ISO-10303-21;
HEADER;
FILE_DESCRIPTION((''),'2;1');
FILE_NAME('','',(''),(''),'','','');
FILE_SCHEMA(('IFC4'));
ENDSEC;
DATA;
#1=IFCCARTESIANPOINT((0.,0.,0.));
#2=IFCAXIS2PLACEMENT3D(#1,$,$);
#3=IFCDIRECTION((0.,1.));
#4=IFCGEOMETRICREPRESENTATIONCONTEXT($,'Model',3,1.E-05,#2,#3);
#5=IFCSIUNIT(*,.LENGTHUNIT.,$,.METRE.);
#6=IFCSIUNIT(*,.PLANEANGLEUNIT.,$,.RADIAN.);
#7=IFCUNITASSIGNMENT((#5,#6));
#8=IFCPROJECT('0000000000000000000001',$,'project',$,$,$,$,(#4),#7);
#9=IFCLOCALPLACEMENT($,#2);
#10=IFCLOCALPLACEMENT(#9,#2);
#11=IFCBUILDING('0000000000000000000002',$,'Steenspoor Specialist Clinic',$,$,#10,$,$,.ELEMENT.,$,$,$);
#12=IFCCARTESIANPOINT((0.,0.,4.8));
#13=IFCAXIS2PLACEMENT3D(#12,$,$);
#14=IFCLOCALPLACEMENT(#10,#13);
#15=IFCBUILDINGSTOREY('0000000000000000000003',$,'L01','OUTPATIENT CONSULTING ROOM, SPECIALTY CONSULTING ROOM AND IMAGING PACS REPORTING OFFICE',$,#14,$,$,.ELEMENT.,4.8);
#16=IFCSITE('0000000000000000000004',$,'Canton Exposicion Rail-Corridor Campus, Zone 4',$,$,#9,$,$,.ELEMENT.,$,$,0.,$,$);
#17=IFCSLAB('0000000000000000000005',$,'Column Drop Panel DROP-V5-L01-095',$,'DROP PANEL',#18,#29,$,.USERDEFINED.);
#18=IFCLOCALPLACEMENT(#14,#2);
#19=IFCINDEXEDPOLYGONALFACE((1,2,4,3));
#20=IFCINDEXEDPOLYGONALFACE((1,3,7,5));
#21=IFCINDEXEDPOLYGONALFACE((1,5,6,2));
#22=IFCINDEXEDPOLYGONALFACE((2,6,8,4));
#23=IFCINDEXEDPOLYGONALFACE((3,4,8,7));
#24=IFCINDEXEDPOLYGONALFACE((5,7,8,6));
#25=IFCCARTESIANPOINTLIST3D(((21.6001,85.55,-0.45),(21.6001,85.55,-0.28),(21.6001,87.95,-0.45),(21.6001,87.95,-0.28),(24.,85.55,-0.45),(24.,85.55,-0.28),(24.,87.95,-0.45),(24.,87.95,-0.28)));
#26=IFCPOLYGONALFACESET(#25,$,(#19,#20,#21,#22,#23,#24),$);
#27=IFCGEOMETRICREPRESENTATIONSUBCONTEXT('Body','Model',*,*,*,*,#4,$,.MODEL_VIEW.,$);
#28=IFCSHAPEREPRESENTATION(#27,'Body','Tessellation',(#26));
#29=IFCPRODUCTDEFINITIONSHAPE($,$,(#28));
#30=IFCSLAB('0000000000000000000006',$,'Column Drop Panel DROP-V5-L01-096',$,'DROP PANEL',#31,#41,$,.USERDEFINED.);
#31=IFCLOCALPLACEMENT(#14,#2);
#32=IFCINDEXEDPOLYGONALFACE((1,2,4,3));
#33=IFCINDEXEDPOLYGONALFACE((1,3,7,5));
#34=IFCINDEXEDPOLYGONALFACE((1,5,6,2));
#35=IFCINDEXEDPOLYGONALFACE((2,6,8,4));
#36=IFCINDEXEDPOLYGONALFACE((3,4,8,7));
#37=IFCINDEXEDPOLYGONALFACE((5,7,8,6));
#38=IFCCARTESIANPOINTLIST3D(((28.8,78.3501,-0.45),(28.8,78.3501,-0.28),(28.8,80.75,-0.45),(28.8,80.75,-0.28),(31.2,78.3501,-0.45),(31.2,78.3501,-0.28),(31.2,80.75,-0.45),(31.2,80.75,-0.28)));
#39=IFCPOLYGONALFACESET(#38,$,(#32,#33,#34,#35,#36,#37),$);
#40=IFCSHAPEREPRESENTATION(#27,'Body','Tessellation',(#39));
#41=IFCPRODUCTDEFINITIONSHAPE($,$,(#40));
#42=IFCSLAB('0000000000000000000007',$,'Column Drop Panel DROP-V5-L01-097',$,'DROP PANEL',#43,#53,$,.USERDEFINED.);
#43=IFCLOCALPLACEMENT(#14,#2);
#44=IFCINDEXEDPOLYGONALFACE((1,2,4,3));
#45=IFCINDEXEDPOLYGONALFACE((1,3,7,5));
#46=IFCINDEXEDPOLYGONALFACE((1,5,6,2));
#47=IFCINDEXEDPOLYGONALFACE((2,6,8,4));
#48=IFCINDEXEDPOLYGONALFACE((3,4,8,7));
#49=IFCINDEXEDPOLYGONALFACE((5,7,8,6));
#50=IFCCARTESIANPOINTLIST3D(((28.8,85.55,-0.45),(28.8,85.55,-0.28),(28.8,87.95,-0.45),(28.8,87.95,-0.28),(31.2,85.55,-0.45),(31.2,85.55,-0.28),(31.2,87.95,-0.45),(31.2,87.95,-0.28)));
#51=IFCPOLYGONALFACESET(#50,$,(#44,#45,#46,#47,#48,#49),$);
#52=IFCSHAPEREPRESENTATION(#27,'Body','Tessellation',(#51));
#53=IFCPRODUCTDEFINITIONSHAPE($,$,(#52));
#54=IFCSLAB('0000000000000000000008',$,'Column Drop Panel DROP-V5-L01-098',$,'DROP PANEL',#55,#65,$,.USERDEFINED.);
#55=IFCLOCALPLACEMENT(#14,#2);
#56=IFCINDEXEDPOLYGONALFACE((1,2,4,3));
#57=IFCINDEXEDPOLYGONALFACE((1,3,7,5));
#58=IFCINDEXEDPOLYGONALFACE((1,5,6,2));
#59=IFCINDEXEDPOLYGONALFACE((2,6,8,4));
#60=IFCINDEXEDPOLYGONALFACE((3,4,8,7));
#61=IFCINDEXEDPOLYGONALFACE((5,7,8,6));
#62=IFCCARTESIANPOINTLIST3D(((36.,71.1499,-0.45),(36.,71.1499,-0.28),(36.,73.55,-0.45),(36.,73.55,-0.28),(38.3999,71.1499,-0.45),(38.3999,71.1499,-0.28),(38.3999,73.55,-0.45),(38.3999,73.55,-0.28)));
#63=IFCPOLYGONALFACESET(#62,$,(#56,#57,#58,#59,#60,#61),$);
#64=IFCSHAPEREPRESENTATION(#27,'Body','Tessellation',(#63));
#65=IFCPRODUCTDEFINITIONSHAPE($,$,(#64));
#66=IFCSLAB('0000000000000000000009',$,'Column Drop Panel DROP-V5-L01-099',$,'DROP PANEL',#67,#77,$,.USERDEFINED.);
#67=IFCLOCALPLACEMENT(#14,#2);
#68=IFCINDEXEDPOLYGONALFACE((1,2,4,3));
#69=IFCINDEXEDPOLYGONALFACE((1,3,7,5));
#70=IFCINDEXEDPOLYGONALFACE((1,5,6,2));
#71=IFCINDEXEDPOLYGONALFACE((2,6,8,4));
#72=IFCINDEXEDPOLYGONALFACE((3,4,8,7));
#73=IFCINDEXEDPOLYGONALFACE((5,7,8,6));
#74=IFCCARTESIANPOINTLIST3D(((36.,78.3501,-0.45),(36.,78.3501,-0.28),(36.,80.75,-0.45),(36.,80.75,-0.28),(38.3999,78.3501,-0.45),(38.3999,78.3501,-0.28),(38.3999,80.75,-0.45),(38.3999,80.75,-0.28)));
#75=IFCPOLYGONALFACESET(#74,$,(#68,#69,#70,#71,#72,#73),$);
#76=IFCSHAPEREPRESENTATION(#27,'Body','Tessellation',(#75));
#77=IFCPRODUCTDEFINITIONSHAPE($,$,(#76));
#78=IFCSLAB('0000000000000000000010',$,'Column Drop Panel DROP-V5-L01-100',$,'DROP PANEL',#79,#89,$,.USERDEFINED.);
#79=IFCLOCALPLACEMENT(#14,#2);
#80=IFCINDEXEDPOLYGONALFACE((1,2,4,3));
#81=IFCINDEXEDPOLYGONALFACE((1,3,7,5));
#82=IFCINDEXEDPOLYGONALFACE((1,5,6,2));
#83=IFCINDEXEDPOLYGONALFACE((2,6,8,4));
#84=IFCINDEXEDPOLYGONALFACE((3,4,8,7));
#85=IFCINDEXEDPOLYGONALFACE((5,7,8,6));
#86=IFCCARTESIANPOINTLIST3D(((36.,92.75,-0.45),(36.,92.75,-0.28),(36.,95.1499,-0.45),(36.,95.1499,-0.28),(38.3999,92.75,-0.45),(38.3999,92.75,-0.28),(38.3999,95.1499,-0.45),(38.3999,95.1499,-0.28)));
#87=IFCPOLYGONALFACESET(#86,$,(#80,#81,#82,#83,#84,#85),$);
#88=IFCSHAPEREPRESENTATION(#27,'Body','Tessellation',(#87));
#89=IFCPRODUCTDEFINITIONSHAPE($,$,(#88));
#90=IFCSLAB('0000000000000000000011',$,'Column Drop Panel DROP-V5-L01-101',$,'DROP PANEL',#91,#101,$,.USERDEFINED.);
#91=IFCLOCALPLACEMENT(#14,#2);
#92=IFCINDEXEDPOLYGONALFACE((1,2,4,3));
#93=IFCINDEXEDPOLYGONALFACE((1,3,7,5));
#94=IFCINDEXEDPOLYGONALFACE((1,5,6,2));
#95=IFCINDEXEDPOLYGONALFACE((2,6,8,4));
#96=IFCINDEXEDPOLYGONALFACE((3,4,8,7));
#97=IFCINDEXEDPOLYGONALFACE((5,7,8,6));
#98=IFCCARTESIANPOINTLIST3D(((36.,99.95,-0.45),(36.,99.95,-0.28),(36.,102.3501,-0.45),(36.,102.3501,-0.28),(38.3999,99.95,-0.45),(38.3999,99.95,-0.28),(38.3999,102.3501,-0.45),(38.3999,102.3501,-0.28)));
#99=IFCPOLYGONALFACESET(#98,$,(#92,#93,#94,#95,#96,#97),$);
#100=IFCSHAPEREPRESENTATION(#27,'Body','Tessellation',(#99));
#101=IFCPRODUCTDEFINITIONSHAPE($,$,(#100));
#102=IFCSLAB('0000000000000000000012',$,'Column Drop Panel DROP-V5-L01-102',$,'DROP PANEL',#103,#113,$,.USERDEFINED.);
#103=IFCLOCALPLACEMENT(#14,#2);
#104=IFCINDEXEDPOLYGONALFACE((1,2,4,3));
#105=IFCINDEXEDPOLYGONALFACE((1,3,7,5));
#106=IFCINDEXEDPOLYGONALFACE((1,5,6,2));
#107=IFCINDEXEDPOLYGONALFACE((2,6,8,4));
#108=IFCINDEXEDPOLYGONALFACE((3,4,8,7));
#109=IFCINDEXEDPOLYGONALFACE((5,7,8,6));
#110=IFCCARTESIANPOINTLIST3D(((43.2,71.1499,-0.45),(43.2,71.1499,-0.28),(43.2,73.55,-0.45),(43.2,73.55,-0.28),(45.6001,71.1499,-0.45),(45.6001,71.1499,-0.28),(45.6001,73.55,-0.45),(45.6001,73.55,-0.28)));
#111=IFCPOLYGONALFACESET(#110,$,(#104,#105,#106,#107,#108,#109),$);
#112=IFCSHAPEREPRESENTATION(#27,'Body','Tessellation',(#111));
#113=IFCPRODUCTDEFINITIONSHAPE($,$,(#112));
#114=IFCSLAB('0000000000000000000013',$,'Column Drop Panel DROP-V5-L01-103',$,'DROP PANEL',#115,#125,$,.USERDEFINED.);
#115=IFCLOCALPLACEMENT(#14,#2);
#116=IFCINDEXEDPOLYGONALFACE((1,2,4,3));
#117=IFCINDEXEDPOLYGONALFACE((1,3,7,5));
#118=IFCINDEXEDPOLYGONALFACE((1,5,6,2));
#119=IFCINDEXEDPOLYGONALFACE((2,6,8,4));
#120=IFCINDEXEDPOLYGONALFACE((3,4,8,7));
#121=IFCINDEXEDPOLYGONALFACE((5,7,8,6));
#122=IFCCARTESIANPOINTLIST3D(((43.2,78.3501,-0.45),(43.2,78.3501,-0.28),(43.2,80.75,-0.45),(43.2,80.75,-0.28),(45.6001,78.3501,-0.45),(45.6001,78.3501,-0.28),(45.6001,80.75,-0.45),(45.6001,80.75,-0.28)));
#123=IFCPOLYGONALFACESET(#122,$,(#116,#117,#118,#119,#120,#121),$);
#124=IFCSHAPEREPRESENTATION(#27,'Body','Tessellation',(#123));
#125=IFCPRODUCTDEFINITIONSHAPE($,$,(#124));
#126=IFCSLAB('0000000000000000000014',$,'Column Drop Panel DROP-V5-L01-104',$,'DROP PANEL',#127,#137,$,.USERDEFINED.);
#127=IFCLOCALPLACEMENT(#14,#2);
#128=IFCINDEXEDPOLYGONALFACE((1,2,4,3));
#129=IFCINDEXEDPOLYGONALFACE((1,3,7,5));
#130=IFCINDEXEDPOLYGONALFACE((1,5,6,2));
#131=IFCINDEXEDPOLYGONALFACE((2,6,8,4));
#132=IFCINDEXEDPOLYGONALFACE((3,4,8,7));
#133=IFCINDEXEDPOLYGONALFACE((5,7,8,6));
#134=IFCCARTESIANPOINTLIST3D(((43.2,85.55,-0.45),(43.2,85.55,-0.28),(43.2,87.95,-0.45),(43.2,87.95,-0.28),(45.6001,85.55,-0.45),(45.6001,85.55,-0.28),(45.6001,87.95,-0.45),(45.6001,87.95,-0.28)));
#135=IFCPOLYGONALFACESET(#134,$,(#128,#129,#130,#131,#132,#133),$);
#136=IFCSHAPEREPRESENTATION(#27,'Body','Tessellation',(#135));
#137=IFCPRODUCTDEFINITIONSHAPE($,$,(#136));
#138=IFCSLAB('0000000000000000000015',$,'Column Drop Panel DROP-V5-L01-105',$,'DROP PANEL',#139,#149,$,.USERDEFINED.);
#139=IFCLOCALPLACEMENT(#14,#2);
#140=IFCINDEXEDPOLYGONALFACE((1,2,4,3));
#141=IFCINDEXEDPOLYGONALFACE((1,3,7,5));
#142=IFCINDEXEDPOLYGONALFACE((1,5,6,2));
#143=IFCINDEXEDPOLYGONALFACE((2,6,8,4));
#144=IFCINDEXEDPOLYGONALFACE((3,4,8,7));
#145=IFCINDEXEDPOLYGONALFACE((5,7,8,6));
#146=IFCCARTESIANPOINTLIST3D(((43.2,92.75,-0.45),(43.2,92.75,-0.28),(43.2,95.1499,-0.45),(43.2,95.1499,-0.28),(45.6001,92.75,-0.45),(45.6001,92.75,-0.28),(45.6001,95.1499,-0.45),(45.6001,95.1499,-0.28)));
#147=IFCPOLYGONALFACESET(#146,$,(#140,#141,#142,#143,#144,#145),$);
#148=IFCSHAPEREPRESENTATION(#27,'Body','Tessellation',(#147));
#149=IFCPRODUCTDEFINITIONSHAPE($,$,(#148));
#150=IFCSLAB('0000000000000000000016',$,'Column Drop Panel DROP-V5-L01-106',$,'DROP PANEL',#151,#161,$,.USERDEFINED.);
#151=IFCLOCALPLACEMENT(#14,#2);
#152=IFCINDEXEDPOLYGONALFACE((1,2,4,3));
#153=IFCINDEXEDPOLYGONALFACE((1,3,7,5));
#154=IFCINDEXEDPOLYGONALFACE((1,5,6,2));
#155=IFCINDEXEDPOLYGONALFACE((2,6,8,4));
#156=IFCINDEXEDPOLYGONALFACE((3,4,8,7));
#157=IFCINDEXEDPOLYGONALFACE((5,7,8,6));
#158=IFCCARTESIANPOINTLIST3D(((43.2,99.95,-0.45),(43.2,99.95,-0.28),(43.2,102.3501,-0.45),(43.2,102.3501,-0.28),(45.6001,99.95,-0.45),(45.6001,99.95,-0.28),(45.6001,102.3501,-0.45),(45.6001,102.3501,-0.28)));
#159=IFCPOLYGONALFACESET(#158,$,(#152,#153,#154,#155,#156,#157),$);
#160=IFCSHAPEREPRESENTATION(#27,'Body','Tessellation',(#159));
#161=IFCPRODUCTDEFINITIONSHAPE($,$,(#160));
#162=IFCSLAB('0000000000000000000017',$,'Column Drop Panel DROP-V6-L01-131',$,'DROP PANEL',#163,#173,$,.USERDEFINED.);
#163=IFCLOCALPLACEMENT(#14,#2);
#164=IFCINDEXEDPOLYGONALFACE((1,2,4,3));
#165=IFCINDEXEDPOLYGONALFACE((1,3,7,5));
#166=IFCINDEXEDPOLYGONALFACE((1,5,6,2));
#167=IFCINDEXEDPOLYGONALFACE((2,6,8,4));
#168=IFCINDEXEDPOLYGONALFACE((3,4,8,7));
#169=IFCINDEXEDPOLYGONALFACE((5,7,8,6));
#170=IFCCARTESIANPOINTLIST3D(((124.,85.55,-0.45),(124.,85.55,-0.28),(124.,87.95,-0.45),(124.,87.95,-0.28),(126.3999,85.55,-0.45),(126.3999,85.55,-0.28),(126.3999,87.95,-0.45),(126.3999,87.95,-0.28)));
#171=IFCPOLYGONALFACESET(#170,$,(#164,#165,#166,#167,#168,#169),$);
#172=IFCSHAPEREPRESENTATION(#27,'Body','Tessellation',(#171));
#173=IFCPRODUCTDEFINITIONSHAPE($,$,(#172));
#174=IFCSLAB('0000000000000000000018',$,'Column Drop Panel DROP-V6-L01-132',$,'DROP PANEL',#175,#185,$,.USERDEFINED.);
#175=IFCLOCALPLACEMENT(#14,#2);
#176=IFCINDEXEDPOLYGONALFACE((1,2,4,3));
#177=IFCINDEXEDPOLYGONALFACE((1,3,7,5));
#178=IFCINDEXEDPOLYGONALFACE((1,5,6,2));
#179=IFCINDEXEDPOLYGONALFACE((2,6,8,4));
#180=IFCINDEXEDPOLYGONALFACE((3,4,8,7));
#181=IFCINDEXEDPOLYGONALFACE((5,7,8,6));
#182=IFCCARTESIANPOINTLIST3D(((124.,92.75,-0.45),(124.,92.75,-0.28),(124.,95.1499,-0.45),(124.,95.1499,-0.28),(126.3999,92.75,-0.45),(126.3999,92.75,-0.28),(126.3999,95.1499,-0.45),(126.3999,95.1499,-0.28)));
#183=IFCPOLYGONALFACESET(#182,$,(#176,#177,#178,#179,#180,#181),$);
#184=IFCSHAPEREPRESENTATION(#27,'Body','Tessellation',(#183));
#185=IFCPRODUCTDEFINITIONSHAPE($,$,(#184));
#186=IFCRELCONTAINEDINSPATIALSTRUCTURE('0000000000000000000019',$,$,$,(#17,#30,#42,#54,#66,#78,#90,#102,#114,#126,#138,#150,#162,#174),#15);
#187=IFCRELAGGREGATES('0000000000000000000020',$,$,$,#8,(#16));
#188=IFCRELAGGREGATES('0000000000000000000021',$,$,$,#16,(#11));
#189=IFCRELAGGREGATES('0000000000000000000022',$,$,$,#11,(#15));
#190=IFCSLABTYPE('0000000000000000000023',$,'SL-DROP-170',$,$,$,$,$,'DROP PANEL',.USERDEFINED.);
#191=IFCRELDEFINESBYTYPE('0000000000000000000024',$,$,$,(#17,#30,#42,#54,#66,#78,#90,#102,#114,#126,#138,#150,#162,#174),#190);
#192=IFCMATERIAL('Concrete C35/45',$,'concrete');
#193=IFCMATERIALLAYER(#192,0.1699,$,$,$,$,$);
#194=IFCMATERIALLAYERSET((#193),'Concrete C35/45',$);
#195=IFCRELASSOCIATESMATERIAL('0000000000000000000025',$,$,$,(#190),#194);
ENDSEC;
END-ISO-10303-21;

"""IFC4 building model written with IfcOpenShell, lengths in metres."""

from ifc_helpers import new_model, si_unit, direction, frame, origin, place, context, subcontext, project, spatial, polyline, outline, extrude, material, layer, layer_set, type_object, element, save


model = new_model("IFC4")

# Units and contexts
model_context = context("Model", 3, precision=1e-05, world=origin(), true_north=direction((0.0, 1.0)))
body_context = subcontext(model_context, "Body", "Model", "MODEL_VIEW")
ifc_project = project(units=[si_unit("LENGTHUNIT", "METRE"), si_unit("PLANEANGLEUNIT", "RADIAN")], contexts=[model_context])

# Site, building, storey
site_placement = place(None, origin())
site = spatial("IfcSite", under=ifc_project, at=site_placement, Name="Canton Exposicion Rail-Corridor Campus, Zone 4", CompositionType="ELEMENT", RefElevation=0.0)
building_placement = place(site_placement, origin())
building = spatial("IfcBuilding", under=site, at=building_placement, Name="Steenspoor Specialist Clinic", CompositionType="ELEMENT")
storey_placement = place(building_placement, frame((0.0, 0.0, 4.8)))
storey = spatial("IfcBuildingStorey", under=building, at=storey_placement, Name="L01", Description="OUTPATIENT CONSULTING ROOM, SPECIALTY CONSULTING ROOM AND IMAGING PACS REPORTING OFFICE", CompositionType="ELEMENT", Elevation=4.8)

# Slabs
ifc_material = material(Name="Concrete C35/45", Category="concrete")
ifc_layer = layer(ifc_material, 0.1699)
ifc_layer_set = layer_set([ifc_layer], Name="Concrete C35/45")
slab_type = type_object("IfcSlabType", Name="SL-DROP-170", ElementType="DROP PANEL", PredefinedType="USERDEFINED", material=ifc_layer_set)
slab_1_placement = place(storey_placement, frame((0.0, 0.0, -0.45)))
element("IfcSlab", 1, at=slab_1_placement, inside=storey, type_object=slab_type, Name="Column Drop Panel DROP-V5-L01-095", ObjectType="DROP PANEL", PredefinedType="USERDEFINED", context=body_context, shape_type="SweptSolid", body=[
    extrude(outline(polyline([(24.0, 85.55), (24.0, 87.95), (21.6001, 87.95), (21.6001, 85.55), (24.0, 85.55)])), origin(), (0.0, 0.0, 1.0), 0.1699),
])
slab_2_placement = place(storey_placement, frame((0.0, 0.0, -0.45)))
element("IfcSlab", 2, at=slab_2_placement, inside=storey, type_object=slab_type, Name="Column Drop Panel DROP-V5-L01-096", ObjectType="DROP PANEL", PredefinedType="USERDEFINED", context=body_context, shape_type="SweptSolid", body=[
    extrude(outline(polyline([(31.2, 78.3501), (31.2, 80.75), (28.8, 80.75), (28.8, 78.3501), (31.2, 78.3501)])), origin(), (0.0, 0.0, 1.0), 0.1699),
])
slab_3_placement = place(storey_placement, frame((0.0, 0.0, -0.45)))
element("IfcSlab", 3, at=slab_3_placement, inside=storey, type_object=slab_type, Name="Column Drop Panel DROP-V5-L01-097", ObjectType="DROP PANEL", PredefinedType="USERDEFINED", context=body_context, shape_type="SweptSolid", body=[
    extrude(outline(polyline([(31.2, 85.55), (31.2, 87.95), (28.8, 87.95), (28.8, 85.55), (31.2, 85.55)])), origin(), (0.0, 0.0, 1.0), 0.1699),
])
slab_4_placement = place(storey_placement, frame((0.0, 0.0, -0.45)))
element("IfcSlab", 4, at=slab_4_placement, inside=storey, type_object=slab_type, Name="Column Drop Panel DROP-V5-L01-098", ObjectType="DROP PANEL", PredefinedType="USERDEFINED", context=body_context, shape_type="SweptSolid", body=[
    extrude(outline(polyline([(38.3999, 71.1499), (38.3999, 73.55), (36.0, 73.55), (36.0, 71.1499), (38.3999, 71.1499)])), origin(), (0.0, 0.0, 1.0), 0.1699),
])
slab_5_placement = place(storey_placement, frame((0.0, 0.0, -0.45)))
element("IfcSlab", 5, at=slab_5_placement, inside=storey, type_object=slab_type, Name="Column Drop Panel DROP-V5-L01-099", ObjectType="DROP PANEL", PredefinedType="USERDEFINED", context=body_context, shape_type="SweptSolid", body=[
    extrude(outline(polyline([(38.3999, 78.3501), (38.3999, 80.75), (36.0, 80.75), (36.0, 78.3501), (38.3999, 78.3501)])), origin(), (0.0, 0.0, 1.0), 0.1699),
])
slab_6_placement = place(storey_placement, frame((0.0, 0.0, -0.45)))
element("IfcSlab", 6, at=slab_6_placement, inside=storey, type_object=slab_type, Name="Column Drop Panel DROP-V5-L01-100", ObjectType="DROP PANEL", PredefinedType="USERDEFINED", context=body_context, shape_type="SweptSolid", body=[
    extrude(outline(polyline([(38.3999, 92.75), (38.3999, 95.1499), (36.0, 95.1499), (36.0, 92.75), (38.3999, 92.75)])), origin(), (0.0, 0.0, 1.0), 0.1699),
])
slab_7_placement = place(storey_placement, frame((0.0, 0.0, -0.45)))
element("IfcSlab", 7, at=slab_7_placement, inside=storey, type_object=slab_type, Name="Column Drop Panel DROP-V5-L01-101", ObjectType="DROP PANEL", PredefinedType="USERDEFINED", context=body_context, shape_type="SweptSolid", body=[
    extrude(outline(polyline([(38.3999, 99.95), (38.3999, 102.3501), (36.0, 102.3501), (36.0, 99.95), (38.3999, 99.95)])), origin(), (0.0, 0.0, 1.0), 0.1699),
])
slab_8_placement = place(storey_placement, frame((0.0, 0.0, -0.45)))
element("IfcSlab", 8, at=slab_8_placement, inside=storey, type_object=slab_type, Name="Column Drop Panel DROP-V5-L01-102", ObjectType="DROP PANEL", PredefinedType="USERDEFINED", context=body_context, shape_type="SweptSolid", body=[
    extrude(outline(polyline([(45.6001, 71.1499), (45.6001, 73.55), (43.2, 73.55), (43.2, 71.1499), (45.6001, 71.1499)])), origin(), (0.0, 0.0, 1.0), 0.1699),
])
slab_9_placement = place(storey_placement, frame((0.0, 0.0, -0.45)))
element("IfcSlab", 9, at=slab_9_placement, inside=storey, type_object=slab_type, Name="Column Drop Panel DROP-V5-L01-103", ObjectType="DROP PANEL", PredefinedType="USERDEFINED", context=body_context, shape_type="SweptSolid", body=[
    extrude(outline(polyline([(45.6001, 78.3501), (45.6001, 80.75), (43.2, 80.75), (43.2, 78.3501), (45.6001, 78.3501)])), origin(), (0.0, 0.0, 1.0), 0.1699),
])
slab_10_placement = place(storey_placement, frame((0.0, 0.0, -0.45)))
element("IfcSlab", 10, at=slab_10_placement, inside=storey, type_object=slab_type, Name="Column Drop Panel DROP-V5-L01-104", ObjectType="DROP PANEL", PredefinedType="USERDEFINED", context=body_context, shape_type="SweptSolid", body=[
    extrude(outline(polyline([(45.6001, 85.55), (45.6001, 87.95), (43.2, 87.95), (43.2, 85.55), (45.6001, 85.55)])), origin(), (0.0, 0.0, 1.0), 0.1699),
])
slab_11_placement = place(storey_placement, frame((0.0, 0.0, -0.45)))
element("IfcSlab", 11, at=slab_11_placement, inside=storey, type_object=slab_type, Name="Column Drop Panel DROP-V5-L01-105", ObjectType="DROP PANEL", PredefinedType="USERDEFINED", context=body_context, shape_type="SweptSolid", body=[
    extrude(outline(polyline([(45.6001, 92.75), (45.6001, 95.1499), (43.2, 95.1499), (43.2, 92.75), (45.6001, 92.75)])), origin(), (0.0, 0.0, 1.0), 0.1699),
])
slab_12_placement = place(storey_placement, frame((0.0, 0.0, -0.45)))
element("IfcSlab", 12, at=slab_12_placement, inside=storey, type_object=slab_type, Name="Column Drop Panel DROP-V5-L01-106", ObjectType="DROP PANEL", PredefinedType="USERDEFINED", context=body_context, shape_type="SweptSolid", body=[
    extrude(outline(polyline([(45.6001, 99.95), (45.6001, 102.3501), (43.2, 102.3501), (43.2, 99.95), (45.6001, 99.95)])), origin(), (0.0, 0.0, 1.0), 0.1699),
])
slab_13_placement = place(storey_placement, frame((0.0, 0.0, -0.45)))
element("IfcSlab", 13, at=slab_13_placement, inside=storey, type_object=slab_type, Name="Column Drop Panel DROP-V6-L01-131", ObjectType="DROP PANEL", PredefinedType="USERDEFINED", context=body_context, shape_type="SweptSolid", body=[
    extrude(outline(polyline([(126.3999, 85.55), (126.3999, 87.95), (124.0, 87.95), (124.0, 85.55), (126.3999, 85.55)])), origin(), (0.0, 0.0, 1.0), 0.1699),
])
slab_14_placement = place(storey_placement, frame((0.0, 0.0, -0.45)))
element("IfcSlab", 14, at=slab_14_placement, inside=storey, type_object=slab_type, Name="Column Drop Panel DROP-V6-L01-132", ObjectType="DROP PANEL", PredefinedType="USERDEFINED", context=body_context, shape_type="SweptSolid", body=[
    extrude(outline(polyline([(126.3999, 92.75), (126.3999, 95.1499), (124.0, 95.1499), (124.0, 92.75), (126.3999, 92.75)])), origin(), (0.0, 0.0, 1.0), 0.1699),
])

save(model, "model.ifc")
